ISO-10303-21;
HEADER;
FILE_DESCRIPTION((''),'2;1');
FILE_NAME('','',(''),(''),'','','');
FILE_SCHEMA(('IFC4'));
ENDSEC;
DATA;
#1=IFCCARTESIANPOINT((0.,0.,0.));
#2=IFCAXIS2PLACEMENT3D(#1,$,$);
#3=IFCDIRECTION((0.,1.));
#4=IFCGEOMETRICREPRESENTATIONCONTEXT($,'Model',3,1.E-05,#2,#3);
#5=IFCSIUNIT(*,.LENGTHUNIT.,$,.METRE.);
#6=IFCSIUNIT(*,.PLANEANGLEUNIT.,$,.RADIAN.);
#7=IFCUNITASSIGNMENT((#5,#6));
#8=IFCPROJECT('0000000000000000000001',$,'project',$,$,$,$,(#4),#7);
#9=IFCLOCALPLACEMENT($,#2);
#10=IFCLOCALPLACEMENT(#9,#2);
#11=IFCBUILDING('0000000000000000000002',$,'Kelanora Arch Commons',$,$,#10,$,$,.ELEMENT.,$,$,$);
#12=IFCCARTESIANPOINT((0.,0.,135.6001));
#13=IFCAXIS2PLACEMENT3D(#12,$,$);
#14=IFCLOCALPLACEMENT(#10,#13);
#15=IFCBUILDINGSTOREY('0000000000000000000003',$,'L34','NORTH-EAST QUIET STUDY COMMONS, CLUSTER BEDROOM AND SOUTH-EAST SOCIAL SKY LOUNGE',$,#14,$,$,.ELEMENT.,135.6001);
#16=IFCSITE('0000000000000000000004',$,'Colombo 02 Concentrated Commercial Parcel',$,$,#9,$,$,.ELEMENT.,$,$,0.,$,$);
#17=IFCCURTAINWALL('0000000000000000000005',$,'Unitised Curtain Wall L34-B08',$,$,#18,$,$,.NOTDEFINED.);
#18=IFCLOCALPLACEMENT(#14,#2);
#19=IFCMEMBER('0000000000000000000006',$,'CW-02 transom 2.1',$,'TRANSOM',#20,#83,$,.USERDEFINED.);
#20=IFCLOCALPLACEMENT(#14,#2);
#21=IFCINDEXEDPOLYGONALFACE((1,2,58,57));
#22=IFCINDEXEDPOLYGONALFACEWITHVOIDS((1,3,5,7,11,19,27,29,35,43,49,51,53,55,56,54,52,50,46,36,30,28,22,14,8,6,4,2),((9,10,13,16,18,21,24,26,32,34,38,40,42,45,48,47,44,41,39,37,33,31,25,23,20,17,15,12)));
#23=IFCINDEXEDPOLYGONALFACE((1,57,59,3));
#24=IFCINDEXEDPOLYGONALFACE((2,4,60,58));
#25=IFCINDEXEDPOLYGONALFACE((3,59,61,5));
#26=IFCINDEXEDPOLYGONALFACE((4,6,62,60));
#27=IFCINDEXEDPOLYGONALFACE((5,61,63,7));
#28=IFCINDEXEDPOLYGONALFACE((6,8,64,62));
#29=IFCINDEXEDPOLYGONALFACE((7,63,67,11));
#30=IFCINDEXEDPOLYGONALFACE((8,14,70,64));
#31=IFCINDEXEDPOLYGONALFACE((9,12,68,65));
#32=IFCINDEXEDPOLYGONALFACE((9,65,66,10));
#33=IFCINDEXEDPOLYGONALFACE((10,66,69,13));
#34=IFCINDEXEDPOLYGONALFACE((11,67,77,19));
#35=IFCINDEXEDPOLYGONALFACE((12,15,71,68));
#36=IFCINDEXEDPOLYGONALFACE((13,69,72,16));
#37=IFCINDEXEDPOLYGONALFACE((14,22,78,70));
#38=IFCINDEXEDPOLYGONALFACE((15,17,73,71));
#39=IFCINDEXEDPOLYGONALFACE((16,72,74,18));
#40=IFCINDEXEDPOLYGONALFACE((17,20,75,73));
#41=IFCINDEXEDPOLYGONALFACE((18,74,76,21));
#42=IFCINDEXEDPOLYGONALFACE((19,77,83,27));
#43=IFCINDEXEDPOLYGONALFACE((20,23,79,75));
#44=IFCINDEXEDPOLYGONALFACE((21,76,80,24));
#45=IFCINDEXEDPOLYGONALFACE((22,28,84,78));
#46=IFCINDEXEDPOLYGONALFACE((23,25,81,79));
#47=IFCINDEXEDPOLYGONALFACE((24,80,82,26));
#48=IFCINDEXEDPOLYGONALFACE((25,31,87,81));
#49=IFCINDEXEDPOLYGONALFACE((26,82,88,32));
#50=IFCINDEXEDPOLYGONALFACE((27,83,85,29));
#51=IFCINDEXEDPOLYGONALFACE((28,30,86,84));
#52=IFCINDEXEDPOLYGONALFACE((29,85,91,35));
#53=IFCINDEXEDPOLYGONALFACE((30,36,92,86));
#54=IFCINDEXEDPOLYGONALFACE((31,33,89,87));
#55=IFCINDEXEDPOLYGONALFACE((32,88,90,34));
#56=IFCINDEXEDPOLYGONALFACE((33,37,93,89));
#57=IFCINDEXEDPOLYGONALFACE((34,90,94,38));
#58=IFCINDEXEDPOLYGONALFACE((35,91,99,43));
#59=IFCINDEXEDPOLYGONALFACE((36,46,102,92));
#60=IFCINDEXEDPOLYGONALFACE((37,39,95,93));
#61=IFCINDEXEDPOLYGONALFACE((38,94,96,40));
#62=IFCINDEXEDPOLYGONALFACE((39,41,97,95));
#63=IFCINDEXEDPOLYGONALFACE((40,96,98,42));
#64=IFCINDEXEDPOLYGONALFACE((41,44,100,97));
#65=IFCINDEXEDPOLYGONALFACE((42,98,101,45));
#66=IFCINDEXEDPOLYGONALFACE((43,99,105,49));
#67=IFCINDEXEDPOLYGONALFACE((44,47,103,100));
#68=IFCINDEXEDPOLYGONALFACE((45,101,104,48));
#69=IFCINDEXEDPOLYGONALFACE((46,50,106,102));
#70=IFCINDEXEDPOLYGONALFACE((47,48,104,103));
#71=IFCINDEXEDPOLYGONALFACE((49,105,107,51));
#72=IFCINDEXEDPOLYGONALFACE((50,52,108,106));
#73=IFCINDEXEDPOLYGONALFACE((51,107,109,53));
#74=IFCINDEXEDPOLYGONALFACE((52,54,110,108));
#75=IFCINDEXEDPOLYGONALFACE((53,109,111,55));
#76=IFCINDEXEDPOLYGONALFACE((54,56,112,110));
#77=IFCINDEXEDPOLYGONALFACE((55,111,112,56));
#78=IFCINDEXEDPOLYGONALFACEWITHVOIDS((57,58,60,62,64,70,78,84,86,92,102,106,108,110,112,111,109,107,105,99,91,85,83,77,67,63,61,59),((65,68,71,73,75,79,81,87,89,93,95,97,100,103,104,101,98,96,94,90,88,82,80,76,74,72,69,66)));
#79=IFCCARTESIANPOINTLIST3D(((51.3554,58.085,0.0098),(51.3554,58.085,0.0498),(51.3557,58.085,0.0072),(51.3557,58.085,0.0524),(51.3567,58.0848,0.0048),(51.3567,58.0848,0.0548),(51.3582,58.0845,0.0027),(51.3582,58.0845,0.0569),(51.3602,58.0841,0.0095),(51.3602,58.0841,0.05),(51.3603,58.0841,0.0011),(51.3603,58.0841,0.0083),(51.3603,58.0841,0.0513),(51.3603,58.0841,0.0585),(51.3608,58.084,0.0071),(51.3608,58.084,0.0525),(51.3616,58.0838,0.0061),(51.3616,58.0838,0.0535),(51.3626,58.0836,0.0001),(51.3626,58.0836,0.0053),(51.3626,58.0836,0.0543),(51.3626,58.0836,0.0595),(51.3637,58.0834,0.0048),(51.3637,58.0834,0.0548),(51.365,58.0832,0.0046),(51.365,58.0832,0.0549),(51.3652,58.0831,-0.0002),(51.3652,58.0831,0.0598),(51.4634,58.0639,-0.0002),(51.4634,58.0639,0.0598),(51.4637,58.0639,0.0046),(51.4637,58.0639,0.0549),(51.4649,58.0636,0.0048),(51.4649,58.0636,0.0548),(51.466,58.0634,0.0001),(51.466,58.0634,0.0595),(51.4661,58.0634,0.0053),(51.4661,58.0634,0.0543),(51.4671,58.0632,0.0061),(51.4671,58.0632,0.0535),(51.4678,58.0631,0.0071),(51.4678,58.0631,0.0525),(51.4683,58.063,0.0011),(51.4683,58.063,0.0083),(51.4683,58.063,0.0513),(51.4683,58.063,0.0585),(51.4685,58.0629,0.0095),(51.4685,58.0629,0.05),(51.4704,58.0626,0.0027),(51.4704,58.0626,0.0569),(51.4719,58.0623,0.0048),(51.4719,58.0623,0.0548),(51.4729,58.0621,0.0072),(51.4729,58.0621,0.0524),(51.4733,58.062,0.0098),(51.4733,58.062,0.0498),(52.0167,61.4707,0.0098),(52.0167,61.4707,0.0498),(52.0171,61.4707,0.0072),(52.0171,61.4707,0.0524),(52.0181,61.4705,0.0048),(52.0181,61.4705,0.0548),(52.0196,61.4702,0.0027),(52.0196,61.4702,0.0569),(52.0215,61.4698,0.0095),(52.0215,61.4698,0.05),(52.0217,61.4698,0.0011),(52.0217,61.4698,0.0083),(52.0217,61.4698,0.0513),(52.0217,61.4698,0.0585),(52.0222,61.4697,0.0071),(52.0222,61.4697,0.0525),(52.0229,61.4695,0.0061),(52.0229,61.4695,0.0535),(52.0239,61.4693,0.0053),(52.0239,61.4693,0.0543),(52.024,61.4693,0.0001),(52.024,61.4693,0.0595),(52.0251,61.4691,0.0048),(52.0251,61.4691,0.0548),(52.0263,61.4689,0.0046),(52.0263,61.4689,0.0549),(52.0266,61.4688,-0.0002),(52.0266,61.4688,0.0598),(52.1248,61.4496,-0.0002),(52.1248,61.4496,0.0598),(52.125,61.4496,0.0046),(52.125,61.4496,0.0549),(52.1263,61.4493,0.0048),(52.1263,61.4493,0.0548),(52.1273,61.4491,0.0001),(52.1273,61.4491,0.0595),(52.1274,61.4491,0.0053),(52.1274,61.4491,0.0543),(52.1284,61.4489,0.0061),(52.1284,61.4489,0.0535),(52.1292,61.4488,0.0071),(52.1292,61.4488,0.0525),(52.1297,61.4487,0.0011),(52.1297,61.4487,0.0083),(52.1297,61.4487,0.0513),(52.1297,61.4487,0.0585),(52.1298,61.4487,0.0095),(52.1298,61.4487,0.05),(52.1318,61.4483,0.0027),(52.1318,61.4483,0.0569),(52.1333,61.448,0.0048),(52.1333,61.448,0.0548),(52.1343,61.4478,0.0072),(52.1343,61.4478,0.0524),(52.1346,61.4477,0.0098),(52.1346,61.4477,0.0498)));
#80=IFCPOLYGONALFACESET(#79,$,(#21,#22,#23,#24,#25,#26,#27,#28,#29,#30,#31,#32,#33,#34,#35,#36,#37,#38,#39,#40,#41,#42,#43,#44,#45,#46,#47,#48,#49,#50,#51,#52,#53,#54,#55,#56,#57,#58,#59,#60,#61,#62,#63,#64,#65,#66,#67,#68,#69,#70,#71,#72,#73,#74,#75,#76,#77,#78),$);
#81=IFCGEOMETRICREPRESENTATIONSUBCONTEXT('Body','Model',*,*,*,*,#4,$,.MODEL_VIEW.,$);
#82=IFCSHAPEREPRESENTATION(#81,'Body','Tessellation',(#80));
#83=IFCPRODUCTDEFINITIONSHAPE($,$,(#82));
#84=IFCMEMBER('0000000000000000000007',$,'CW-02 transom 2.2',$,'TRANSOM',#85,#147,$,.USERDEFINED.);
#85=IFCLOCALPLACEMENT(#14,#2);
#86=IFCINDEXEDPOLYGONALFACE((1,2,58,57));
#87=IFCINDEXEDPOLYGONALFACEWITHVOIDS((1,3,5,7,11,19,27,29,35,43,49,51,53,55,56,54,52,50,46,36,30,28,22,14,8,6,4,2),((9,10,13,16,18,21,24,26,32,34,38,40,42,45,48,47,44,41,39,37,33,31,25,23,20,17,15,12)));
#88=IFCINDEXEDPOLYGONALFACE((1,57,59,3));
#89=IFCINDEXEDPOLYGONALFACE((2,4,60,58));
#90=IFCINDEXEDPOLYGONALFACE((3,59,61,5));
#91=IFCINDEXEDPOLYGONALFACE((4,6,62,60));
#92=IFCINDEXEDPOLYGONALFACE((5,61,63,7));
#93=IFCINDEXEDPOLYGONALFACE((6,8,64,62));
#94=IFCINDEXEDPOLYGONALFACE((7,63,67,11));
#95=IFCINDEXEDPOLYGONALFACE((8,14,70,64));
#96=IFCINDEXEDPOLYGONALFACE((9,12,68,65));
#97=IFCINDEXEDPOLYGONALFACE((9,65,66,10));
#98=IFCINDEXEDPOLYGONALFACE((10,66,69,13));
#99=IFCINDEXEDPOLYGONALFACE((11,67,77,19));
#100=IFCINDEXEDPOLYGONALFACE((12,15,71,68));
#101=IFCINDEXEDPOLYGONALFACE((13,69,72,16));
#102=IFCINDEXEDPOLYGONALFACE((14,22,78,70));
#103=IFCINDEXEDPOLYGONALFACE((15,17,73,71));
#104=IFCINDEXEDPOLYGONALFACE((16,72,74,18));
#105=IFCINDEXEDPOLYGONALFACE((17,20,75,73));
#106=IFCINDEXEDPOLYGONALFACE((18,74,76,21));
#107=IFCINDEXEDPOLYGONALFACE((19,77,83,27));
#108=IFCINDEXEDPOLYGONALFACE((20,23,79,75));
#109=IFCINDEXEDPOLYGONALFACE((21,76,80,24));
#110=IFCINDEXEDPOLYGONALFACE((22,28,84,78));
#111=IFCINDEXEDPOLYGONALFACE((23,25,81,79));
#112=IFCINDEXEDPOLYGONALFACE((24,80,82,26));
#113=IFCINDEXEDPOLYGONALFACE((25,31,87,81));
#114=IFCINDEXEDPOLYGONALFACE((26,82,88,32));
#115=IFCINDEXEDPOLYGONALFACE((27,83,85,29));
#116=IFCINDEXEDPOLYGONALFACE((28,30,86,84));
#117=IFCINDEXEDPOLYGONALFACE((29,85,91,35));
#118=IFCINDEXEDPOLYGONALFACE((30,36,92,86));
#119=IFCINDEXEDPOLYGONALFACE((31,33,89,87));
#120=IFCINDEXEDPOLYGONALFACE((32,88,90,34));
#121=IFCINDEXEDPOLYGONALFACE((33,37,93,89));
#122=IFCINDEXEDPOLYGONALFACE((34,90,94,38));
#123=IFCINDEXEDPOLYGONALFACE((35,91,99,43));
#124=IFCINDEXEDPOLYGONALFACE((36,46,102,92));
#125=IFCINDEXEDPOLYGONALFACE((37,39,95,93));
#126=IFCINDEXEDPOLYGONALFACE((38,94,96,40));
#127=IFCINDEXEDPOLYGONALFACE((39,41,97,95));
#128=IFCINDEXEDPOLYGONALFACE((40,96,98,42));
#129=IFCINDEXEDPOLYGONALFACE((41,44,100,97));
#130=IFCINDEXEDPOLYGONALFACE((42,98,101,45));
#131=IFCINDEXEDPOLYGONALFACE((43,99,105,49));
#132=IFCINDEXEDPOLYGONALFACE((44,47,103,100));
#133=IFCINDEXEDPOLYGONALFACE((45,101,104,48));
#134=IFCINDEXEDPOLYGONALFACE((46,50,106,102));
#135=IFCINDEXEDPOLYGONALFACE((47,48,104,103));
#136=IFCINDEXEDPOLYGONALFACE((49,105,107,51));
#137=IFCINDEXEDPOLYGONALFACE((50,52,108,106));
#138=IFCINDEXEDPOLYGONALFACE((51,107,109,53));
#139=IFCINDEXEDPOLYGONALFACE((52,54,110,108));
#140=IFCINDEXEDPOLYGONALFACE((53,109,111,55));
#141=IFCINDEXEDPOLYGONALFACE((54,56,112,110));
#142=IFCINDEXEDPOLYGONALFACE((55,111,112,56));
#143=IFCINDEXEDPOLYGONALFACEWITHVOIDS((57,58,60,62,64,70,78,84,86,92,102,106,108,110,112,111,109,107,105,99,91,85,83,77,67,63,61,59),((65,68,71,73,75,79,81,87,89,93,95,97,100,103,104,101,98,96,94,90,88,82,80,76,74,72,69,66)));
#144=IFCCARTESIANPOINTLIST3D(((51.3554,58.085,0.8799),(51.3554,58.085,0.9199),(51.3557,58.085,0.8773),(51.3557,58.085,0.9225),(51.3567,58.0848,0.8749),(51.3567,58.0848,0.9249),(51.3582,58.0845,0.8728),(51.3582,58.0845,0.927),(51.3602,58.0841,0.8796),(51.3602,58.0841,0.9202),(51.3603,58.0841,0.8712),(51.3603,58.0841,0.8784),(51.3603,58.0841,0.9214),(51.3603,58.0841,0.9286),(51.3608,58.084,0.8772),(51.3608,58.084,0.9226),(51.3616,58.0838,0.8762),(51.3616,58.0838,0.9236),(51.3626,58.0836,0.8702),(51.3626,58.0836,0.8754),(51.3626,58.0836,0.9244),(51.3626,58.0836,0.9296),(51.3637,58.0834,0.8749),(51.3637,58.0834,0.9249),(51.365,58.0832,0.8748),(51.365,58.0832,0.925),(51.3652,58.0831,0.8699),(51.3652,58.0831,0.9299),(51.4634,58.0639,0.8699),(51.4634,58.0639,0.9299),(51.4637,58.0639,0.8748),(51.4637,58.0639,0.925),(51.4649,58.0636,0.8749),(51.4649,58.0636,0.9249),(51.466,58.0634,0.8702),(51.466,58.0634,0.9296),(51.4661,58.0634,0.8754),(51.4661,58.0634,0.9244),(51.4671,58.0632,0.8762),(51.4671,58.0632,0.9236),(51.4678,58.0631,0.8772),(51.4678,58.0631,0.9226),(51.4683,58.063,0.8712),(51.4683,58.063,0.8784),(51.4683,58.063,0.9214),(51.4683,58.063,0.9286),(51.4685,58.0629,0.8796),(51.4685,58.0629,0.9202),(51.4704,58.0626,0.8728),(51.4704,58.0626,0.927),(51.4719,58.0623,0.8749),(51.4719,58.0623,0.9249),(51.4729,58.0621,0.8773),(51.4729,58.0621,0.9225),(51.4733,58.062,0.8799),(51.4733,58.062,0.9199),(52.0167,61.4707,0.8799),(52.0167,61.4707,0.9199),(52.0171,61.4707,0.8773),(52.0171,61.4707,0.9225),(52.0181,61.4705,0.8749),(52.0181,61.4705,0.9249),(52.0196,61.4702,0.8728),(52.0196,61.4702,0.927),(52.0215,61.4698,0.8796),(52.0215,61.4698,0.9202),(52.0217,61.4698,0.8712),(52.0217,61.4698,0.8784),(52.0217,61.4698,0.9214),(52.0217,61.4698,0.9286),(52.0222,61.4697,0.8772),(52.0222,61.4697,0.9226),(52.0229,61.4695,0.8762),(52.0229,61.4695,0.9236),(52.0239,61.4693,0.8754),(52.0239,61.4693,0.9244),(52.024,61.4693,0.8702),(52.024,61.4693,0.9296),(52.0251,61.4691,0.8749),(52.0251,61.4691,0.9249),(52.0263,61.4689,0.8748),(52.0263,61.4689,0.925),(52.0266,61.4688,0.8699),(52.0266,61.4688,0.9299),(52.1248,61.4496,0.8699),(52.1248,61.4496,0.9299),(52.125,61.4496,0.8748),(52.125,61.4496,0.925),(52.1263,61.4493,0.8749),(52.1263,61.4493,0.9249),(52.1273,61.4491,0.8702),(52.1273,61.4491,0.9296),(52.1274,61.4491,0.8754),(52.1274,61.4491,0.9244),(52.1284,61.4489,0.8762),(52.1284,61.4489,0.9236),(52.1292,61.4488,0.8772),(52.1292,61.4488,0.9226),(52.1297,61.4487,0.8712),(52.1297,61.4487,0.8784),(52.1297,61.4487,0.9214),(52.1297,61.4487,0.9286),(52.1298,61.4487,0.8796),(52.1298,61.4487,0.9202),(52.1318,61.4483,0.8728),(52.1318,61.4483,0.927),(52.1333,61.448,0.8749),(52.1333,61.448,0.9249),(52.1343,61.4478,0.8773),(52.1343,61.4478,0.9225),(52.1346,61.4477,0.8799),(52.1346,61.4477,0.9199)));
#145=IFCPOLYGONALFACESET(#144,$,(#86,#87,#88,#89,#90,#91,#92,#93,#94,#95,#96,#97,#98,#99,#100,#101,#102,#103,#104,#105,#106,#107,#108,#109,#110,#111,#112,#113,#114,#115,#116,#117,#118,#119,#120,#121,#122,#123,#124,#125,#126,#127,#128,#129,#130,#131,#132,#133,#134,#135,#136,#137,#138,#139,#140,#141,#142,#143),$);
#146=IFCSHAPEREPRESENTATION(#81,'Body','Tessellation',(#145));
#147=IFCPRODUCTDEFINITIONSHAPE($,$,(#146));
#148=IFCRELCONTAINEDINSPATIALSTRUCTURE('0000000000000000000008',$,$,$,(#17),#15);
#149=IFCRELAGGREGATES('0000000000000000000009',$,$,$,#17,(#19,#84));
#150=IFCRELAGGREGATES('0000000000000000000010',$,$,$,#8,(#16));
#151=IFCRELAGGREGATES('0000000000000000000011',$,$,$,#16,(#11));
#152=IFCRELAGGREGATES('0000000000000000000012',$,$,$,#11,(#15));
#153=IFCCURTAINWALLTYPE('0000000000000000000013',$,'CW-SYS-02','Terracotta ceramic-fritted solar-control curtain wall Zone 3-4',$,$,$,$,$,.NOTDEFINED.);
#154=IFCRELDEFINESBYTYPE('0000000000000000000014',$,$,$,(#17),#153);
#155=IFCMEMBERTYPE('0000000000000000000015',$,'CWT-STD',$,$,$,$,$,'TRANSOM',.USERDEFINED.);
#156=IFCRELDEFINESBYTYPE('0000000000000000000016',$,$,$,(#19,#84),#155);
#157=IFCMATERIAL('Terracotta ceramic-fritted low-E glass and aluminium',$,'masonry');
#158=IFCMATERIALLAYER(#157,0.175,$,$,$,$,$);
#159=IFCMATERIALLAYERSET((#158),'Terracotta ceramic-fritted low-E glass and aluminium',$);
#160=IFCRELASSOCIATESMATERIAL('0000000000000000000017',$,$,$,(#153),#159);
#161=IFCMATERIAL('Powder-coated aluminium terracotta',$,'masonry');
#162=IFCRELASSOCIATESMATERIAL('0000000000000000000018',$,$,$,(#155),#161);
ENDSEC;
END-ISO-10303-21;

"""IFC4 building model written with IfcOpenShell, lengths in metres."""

from ifc_helpers import new_model, si_unit, direction, frame, origin, origin_2d, place, context, subcontext, project, spatial, hollow_rectangle, extrude, material, layer, layer_set, material_profile, profile_set, type_object, element, aggregate, save


model = new_model("IFC4")

# Units and contexts
model_context = context("Model", 3, precision=1e-05, world=origin(), true_north=direction((0.0, 1.0)))
body_context = subcontext(model_context, "Body", "Model", "MODEL_VIEW")
ifc_project = project(units=[si_unit("LENGTHUNIT", "METRE"), si_unit("PLANEANGLEUNIT", "RADIAN")], contexts=[model_context])

# Site, building, storey
site_placement = place(None, origin())
site = spatial("IfcSite", under=ifc_project, at=site_placement, Name="Colombo 02 Concentrated Commercial Parcel", CompositionType="ELEMENT", RefElevation=0.0)
building_placement = place(site_placement, origin())
building = spatial("IfcBuilding", under=site, at=building_placement, Name="Kelanora Arch Commons", CompositionType="ELEMENT")
storey_placement = place(building_placement, frame((0.0, 0.0, 135.6001)))
storey = spatial("IfcBuildingStorey", under=building, at=storey_placement, Name="L34", Description="NORTH-EAST QUIET STUDY COMMONS, CLUSTER BEDROOM AND SOUTH-EAST SOCIAL SKY LOUNGE", CompositionType="ELEMENT", Elevation=135.6001)

# Curtain wall, members
ifc_material_1 = material(Name="Terracotta ceramic-fritted low-E glass and aluminium", Category="masonry")
ifc_layer_1 = layer(ifc_material_1, 0.175)
ifc_layer_set_1 = layer_set([ifc_layer_1], Name="Terracotta ceramic-fritted low-E glass and aluminium")
curtain_wall_type = type_object("IfcCurtainWallType", Name="CW-SYS-02", Description="Terracotta ceramic-fritted solar-control curtain wall Zone 3-4", PredefinedType="NOTDEFINED", material=ifc_layer_set_1)
curtain_wall_placement = place(storey_placement, origin())
curtain_wall = element("IfcCurtainWall", 1, at=curtain_wall_placement, inside=storey, type_object=curtain_wall_type, Name="Unitised Curtain Wall L34-B08", PredefinedType="NOTDEFINED")
ifc_material_2 = material(Name="Powder-coated aluminium terracotta", Category="masonry")
ifc_material_profile_1 = material_profile(ifc_material_2, hollow_rectangle(XDim=0.1201, YDim=0.0601, WallThickness=0.0049, InnerFilletRadius=0.0049, OuterFilletRadius=0.01, at=origin_2d()), Name="CWT120x60")
ifc_profile_set_1 = profile_set([ifc_material_profile_1], Name="Powder-coated aluminium terracotta")
member_type_1 = type_object("IfcMemberType", Name="CWT-STD", ElementType="TRANSOM", PredefinedType="USERDEFINED", material=ifc_profile_set_1)
member_1_placement = place(storey_placement, frame((52.0757, 61.4592, 0.0298), z_axis=(-0.191718, -0.98145, 0.0), x_axis=(0.98145, -0.191718, 0.0)))
member_1 = element("IfcMember", 2, at=member_1_placement, type_object=member_type_1, Name="CW-02 transom 2.1", ObjectType="TRANSOM", PredefinedType="USERDEFINED", context=body_context, shape_type="SweptSolid", body=[
    extrude(hollow_rectangle(XDim=0.1201, YDim=0.0601, WallThickness=0.0049, InnerFilletRadius=0.0049, OuterFilletRadius=0.01, at=origin_2d()), origin(), (0.0, 0.0, 1.0), 3.4497),
])
member_2_placement = place(storey_placement, frame((52.0757, 61.4592, 0.8999), z_axis=(-0.191718, -0.98145, 0.0), x_axis=(0.98145, -0.191718, 0.0)))
member_2 = element("IfcMember", 3, at=member_2_placement, type_object=member_type_1, Name="CW-02 transom 2.2", ObjectType="TRANSOM", PredefinedType="USERDEFINED", context=body_context, shape_type="SweptSolid", body=[
    extrude(hollow_rectangle(XDim=0.1201, YDim=0.0601, WallThickness=0.0049, InnerFilletRadius=0.0049, OuterFilletRadius=0.01, at=origin_2d()), origin(), (0.0, 0.0, 1.0), 3.4497),
])
aggregate(curtain_wall, [member_1, member_2])

save(model, "model.ifc")
